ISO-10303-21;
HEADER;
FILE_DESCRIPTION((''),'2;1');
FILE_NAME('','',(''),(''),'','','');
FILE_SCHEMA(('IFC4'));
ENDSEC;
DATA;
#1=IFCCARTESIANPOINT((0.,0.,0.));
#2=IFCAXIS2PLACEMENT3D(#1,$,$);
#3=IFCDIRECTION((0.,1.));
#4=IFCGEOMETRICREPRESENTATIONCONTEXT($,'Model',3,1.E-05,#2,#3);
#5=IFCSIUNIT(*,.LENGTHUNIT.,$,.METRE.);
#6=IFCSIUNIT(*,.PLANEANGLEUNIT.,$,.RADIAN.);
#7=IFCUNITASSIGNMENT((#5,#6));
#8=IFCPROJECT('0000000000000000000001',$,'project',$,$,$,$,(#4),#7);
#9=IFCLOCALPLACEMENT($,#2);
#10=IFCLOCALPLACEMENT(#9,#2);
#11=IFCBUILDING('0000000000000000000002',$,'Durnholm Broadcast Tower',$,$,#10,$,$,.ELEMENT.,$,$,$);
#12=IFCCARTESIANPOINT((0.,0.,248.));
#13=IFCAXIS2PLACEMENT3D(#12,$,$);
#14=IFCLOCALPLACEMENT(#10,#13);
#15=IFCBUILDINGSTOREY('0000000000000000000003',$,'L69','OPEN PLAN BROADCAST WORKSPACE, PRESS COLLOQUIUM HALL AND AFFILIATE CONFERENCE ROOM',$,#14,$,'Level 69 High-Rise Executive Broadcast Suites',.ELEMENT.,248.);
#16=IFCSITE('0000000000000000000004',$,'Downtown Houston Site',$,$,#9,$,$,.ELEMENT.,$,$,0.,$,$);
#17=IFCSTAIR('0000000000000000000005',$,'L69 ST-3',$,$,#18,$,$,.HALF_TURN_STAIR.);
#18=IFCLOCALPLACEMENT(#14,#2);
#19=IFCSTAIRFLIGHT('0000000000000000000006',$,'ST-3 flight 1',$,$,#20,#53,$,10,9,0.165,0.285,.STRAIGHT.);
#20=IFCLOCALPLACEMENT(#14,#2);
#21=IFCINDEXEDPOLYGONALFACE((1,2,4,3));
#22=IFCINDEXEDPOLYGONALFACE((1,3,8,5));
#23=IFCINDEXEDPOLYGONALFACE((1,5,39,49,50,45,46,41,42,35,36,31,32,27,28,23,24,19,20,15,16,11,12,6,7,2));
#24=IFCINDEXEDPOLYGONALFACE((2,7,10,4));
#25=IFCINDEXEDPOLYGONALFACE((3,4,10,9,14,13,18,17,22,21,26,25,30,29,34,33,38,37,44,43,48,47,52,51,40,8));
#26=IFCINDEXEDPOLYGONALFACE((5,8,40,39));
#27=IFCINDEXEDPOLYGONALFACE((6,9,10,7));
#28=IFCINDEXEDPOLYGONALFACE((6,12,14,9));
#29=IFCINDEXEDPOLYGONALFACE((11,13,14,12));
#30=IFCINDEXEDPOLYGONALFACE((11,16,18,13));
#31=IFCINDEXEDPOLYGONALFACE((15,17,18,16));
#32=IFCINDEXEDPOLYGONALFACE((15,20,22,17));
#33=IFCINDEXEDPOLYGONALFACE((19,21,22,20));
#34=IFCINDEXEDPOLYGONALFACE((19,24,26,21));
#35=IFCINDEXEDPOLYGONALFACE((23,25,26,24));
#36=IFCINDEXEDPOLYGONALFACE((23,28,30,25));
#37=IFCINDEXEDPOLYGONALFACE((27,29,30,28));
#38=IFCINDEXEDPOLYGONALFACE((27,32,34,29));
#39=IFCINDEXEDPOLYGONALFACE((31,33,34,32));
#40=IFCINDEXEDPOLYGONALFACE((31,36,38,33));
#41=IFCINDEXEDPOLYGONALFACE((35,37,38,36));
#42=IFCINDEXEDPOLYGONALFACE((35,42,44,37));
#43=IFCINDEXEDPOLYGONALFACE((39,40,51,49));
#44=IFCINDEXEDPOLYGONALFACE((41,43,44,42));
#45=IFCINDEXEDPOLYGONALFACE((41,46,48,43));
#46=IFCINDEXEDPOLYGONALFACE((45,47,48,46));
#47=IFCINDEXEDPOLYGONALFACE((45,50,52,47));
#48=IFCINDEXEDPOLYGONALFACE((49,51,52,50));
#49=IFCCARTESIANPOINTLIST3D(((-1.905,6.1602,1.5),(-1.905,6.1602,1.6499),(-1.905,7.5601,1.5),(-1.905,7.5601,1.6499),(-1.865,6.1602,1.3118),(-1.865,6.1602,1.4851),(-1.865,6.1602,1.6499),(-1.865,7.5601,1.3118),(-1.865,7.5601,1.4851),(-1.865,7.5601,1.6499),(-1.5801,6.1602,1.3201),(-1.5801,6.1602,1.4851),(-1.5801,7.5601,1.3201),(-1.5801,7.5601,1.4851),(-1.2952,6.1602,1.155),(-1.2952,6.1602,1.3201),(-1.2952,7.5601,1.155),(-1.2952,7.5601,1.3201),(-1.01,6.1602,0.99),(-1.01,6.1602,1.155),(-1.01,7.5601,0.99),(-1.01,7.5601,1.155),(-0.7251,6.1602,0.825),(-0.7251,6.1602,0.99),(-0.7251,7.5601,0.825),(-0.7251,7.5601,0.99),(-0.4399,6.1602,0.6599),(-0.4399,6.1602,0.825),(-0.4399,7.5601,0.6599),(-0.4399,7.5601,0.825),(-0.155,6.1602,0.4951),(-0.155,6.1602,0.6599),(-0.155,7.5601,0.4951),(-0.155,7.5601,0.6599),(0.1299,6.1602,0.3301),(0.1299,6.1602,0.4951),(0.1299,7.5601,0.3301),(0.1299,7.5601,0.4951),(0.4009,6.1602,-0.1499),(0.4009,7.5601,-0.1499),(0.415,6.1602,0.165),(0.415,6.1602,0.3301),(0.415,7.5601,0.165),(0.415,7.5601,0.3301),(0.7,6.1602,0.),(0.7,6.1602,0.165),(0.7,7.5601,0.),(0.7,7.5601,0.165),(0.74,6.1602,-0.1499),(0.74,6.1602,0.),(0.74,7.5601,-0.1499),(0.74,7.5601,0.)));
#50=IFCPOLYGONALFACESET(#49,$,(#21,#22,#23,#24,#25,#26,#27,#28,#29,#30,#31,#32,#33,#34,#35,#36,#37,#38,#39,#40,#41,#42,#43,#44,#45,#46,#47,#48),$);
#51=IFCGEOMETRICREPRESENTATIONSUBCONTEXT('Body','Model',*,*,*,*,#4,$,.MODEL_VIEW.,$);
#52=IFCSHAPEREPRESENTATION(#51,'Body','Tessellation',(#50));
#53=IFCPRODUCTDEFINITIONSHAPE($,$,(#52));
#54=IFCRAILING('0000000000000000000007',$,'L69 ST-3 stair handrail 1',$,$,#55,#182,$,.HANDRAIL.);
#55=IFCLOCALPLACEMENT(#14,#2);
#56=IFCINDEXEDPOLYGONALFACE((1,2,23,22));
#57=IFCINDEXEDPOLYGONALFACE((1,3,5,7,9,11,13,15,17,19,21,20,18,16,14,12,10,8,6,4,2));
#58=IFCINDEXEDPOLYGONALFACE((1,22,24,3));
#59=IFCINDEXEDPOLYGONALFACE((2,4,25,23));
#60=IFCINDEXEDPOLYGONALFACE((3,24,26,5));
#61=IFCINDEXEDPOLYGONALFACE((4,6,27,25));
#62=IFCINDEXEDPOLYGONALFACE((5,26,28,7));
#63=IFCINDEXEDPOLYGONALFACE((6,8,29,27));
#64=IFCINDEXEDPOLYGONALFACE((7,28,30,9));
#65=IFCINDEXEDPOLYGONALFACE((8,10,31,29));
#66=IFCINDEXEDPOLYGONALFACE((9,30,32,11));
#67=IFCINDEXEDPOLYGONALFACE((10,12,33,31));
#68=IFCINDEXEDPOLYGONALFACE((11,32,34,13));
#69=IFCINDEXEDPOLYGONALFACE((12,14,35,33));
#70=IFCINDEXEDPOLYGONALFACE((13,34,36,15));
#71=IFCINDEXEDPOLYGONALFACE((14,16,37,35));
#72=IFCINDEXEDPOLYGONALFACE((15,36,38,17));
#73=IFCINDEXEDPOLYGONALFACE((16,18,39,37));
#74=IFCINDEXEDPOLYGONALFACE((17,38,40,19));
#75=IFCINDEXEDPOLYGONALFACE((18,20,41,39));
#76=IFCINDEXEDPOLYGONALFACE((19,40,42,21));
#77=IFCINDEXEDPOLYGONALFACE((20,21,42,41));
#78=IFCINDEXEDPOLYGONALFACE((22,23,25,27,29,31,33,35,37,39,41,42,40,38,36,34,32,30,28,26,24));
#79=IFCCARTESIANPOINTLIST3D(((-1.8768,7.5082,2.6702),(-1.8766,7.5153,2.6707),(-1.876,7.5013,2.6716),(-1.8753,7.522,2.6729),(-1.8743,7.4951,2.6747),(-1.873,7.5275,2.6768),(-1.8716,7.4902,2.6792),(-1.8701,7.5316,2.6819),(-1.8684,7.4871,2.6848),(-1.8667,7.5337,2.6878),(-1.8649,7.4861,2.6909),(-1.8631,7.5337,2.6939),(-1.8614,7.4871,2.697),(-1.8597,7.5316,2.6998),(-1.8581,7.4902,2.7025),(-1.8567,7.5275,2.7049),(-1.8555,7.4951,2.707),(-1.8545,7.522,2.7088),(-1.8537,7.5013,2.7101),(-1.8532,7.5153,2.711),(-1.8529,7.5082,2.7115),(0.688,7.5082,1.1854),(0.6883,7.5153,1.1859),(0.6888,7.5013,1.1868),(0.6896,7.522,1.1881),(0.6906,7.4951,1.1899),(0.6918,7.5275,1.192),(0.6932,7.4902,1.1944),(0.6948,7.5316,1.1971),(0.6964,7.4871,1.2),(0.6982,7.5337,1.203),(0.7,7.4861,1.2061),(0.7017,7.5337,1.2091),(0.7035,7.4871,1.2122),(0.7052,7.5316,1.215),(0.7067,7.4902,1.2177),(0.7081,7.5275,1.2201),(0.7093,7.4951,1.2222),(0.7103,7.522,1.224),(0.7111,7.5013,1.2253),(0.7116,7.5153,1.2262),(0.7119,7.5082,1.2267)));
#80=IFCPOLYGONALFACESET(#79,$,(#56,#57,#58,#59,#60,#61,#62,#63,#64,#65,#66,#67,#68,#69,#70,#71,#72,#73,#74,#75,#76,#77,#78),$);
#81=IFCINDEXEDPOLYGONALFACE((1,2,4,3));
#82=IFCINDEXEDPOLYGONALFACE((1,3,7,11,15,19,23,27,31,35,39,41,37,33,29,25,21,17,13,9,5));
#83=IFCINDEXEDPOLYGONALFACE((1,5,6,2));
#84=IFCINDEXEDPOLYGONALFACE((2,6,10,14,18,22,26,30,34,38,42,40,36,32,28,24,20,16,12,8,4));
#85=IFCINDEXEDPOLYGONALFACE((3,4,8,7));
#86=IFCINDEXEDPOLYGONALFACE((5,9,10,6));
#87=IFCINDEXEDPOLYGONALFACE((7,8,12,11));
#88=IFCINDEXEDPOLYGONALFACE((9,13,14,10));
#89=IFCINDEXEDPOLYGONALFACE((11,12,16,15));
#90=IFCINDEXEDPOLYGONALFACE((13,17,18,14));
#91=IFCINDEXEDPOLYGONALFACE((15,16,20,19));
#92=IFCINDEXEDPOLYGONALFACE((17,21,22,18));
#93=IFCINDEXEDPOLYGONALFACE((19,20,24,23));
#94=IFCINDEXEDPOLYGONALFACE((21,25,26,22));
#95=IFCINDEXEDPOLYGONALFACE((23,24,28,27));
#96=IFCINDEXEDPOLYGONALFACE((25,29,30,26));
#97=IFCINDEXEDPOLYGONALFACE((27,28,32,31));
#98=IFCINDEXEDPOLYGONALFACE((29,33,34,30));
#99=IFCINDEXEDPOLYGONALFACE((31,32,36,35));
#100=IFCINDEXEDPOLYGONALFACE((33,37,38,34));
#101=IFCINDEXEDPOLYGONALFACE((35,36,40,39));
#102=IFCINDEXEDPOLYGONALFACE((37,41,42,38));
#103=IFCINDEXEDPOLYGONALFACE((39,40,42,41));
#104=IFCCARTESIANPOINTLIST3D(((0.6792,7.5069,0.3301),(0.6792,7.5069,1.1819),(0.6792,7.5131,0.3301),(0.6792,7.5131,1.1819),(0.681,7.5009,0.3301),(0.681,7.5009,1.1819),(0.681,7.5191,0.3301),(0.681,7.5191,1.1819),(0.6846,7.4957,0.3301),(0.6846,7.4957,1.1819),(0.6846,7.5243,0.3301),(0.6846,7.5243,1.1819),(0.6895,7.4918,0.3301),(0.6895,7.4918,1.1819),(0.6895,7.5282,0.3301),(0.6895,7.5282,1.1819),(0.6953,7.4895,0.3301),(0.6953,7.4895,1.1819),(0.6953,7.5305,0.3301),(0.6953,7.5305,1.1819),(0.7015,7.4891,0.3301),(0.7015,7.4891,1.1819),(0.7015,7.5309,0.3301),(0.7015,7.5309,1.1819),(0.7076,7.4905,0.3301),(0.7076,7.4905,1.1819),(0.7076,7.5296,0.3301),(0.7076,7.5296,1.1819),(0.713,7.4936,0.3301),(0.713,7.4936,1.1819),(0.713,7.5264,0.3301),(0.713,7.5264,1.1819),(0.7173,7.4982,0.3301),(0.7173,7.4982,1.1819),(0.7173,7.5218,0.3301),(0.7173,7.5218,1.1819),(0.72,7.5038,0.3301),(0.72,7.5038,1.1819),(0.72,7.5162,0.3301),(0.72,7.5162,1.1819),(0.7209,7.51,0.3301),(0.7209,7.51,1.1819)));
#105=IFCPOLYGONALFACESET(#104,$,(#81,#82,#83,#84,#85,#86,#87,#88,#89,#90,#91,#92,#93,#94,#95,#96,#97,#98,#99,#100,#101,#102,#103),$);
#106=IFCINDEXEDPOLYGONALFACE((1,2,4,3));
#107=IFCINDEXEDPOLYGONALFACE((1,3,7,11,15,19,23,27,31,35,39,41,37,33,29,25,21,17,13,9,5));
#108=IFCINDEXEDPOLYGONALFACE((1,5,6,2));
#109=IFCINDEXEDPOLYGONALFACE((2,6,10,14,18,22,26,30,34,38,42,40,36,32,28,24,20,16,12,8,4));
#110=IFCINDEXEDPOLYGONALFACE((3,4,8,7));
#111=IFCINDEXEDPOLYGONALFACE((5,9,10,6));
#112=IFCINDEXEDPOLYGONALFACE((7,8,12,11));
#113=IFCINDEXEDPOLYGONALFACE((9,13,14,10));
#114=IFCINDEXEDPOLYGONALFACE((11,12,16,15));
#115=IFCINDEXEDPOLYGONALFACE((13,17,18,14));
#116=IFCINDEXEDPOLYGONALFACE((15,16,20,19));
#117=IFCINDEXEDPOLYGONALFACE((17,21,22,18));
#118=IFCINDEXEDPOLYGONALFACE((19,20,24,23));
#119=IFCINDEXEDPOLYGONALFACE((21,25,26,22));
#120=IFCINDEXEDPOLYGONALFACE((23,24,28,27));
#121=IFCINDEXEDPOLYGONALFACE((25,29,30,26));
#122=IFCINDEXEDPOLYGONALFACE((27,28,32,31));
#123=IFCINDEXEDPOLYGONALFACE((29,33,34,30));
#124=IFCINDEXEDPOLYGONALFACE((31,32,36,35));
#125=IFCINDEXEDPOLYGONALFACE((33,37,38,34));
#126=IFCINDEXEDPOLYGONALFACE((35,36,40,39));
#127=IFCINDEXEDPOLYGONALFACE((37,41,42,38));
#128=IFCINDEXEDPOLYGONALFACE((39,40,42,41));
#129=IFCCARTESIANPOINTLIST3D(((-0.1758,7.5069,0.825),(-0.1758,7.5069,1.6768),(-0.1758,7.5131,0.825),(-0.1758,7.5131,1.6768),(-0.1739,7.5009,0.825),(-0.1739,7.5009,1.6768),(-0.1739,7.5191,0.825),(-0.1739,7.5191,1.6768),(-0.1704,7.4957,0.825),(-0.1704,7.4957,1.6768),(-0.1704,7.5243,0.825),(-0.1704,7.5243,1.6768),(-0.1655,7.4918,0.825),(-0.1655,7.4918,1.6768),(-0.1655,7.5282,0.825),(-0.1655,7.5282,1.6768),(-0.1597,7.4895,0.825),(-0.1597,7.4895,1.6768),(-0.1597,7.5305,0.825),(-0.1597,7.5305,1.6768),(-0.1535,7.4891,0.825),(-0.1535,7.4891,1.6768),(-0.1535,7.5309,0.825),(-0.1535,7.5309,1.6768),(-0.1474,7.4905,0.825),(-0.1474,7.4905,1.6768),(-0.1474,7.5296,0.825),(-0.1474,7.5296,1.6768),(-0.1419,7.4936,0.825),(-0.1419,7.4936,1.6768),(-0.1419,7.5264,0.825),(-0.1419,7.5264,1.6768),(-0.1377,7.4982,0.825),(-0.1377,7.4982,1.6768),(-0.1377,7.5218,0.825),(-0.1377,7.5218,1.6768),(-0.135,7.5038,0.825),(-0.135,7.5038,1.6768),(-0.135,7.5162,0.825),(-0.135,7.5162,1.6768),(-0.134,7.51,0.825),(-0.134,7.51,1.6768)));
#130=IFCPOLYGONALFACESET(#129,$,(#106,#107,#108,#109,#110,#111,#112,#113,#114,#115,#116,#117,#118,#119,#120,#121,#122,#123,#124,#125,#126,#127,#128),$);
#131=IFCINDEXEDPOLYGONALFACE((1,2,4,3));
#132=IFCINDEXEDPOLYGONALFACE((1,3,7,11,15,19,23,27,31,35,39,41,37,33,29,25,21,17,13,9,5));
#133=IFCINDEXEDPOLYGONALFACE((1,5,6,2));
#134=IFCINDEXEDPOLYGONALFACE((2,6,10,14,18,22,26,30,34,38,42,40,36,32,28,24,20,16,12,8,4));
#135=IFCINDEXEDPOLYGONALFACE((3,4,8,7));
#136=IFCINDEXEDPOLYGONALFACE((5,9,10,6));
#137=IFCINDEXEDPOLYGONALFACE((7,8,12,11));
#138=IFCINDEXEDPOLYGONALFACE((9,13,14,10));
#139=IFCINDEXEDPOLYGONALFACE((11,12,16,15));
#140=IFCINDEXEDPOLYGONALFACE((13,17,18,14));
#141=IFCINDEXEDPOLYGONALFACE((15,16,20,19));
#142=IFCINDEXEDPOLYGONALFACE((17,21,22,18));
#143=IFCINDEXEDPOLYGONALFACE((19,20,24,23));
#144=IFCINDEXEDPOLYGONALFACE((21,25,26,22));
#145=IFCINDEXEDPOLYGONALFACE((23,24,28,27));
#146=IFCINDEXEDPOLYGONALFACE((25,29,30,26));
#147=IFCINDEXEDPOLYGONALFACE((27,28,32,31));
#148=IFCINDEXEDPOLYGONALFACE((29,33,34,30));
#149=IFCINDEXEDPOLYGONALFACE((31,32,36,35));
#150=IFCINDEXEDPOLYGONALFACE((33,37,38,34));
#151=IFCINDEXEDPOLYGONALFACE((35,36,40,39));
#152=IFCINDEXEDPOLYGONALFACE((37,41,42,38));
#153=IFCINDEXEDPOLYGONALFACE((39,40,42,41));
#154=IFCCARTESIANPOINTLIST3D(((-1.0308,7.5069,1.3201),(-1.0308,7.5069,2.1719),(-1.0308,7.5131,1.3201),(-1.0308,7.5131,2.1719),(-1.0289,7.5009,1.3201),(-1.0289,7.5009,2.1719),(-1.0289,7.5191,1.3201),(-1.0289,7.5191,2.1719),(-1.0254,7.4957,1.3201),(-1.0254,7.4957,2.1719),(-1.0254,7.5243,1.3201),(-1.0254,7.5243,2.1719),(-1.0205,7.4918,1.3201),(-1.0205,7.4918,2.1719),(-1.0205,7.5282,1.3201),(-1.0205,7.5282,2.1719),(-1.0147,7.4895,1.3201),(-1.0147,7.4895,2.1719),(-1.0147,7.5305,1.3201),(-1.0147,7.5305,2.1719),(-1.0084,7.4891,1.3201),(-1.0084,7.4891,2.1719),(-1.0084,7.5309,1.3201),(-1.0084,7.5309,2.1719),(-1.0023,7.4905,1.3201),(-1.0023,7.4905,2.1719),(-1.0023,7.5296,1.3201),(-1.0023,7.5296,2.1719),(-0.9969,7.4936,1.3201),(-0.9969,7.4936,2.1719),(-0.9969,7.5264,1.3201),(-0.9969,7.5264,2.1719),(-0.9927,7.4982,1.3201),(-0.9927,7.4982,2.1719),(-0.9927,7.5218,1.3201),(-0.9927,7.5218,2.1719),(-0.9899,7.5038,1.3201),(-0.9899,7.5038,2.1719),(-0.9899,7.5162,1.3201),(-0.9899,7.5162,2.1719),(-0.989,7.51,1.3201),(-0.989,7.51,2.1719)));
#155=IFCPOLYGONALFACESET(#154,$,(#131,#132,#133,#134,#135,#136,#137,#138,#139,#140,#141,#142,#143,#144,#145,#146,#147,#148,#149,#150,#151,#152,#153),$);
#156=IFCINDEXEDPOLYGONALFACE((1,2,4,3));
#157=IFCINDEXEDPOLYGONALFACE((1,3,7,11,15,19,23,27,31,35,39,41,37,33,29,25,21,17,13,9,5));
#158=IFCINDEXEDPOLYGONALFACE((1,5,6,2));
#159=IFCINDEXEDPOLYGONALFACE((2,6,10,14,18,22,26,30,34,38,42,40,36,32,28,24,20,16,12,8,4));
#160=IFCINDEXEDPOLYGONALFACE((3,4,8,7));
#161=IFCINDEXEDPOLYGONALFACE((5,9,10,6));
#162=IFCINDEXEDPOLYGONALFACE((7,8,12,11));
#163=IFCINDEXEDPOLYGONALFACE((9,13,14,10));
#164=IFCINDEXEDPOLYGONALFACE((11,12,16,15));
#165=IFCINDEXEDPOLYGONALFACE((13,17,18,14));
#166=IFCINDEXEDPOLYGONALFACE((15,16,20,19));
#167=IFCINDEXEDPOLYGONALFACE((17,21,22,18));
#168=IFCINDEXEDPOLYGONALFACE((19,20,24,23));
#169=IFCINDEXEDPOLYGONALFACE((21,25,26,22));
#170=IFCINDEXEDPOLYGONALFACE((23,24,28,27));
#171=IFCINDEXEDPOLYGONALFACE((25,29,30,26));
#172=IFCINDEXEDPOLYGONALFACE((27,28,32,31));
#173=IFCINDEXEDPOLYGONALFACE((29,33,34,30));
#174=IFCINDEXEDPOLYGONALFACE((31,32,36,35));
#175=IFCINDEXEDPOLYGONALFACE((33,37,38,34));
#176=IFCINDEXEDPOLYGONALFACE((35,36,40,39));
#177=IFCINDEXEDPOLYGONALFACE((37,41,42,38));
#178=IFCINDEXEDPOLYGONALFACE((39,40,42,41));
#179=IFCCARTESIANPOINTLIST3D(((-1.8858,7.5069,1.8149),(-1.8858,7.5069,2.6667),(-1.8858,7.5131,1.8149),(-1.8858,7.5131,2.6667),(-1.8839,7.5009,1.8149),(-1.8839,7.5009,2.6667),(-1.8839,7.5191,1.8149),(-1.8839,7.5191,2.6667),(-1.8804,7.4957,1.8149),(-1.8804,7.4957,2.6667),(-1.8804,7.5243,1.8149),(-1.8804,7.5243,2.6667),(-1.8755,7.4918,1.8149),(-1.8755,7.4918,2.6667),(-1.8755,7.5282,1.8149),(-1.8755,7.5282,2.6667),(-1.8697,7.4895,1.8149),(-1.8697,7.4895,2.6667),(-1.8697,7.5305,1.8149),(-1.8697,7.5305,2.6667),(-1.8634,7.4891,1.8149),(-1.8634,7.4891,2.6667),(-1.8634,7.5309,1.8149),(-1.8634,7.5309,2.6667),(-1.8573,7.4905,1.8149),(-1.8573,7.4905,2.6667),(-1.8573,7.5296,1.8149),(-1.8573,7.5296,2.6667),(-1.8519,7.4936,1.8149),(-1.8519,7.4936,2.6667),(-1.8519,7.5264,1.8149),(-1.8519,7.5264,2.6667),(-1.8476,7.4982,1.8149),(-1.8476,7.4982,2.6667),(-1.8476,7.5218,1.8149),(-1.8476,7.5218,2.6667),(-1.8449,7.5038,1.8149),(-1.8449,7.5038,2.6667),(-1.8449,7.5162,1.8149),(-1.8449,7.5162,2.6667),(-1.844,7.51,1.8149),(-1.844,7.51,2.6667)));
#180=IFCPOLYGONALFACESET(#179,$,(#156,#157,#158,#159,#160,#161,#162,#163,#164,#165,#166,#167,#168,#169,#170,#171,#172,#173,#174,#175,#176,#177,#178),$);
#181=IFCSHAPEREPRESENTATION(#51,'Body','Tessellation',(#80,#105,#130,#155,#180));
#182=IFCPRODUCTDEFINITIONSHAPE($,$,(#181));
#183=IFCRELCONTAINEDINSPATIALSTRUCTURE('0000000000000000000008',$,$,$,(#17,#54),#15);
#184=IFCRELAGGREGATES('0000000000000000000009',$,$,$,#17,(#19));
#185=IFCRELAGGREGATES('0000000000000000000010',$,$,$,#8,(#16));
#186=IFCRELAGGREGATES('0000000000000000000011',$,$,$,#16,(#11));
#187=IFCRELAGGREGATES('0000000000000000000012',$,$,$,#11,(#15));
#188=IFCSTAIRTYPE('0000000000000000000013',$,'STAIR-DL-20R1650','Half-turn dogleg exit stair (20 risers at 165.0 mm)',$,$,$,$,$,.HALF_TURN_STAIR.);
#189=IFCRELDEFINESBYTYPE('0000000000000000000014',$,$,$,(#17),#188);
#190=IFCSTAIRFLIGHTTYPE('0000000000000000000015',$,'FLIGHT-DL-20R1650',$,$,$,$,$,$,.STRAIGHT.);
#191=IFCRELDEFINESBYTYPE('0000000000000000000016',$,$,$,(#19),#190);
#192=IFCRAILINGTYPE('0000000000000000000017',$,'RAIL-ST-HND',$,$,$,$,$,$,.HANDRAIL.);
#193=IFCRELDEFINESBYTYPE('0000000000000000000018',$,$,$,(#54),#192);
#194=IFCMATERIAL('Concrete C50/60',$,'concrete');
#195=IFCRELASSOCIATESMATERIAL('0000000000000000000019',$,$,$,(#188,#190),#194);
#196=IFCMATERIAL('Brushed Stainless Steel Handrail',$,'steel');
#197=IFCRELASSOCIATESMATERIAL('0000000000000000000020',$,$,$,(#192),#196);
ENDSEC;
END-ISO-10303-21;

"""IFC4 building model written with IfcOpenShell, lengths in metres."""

from ifc_helpers import new_model, si_unit, direction, frame, origin, origin_2d, place, context, subcontext, project, spatial, polyline, circle, outline, extrude, material, type_object, element, aggregate, save


model = new_model("IFC4")

# Units and contexts
model_context = context("Model", 3, precision=1e-05, world=origin(), true_north=direction((0.0, 1.0)))
body_context = subcontext(model_context, "Body", "Model", "MODEL_VIEW")
ifc_project = project(units=[si_unit("LENGTHUNIT", "METRE"), si_unit("PLANEANGLEUNIT", "RADIAN")], contexts=[model_context])

# Site, building, storey
site_placement = place(None, origin())
site = spatial("IfcSite", under=ifc_project, at=site_placement, Name="Downtown Houston Site", CompositionType="ELEMENT", RefElevation=0.0)
building_placement = place(site_placement, origin())
building = spatial("IfcBuilding", under=site, at=building_placement, Name="Durnholm Broadcast Tower", CompositionType="ELEMENT")
storey_placement = place(building_placement, frame((0.0, 0.0, 248.0)))
storey = spatial("IfcBuildingStorey", under=building, at=storey_placement, Name="L69", Description="OPEN PLAN BROADCAST WORKSPACE, PRESS COLLOQUIUM HALL AND AFFILIATE CONFERENCE ROOM", LongName="Level 69 High-Rise Executive Broadcast Suites", CompositionType="ELEMENT", Elevation=248.0)

# Shared definitions
ifc_material_1 = material(Name="Concrete C50/60", Category="concrete")

# Stair, stair flight
stair_type = type_object("IfcStairType", Name="STAIR-DL-20R1650", Description="Half-turn dogleg exit stair (20 risers at 165.0 mm)", PredefinedType="HALF_TURN_STAIR", material=ifc_material_1)
stair_placement = place(storey_placement, origin())
stair = element("IfcStair", 1, at=stair_placement, inside=storey, type_object=stair_type, Name="L69 ST-3", PredefinedType="HALF_TURN_STAIR")
stair_flight_type = type_object("IfcStairFlightType", Name="FLIGHT-DL-20R1650", PredefinedType="STRAIGHT", material=ifc_material_1)
stair_flight_placement = place(storey_placement, frame((0.7, 6.8601, 0.0), z_axis=(0.0, 0.0, 1.0), x_axis=(-1.0, 0.0, 0.0)))
stair_flight = element("IfcStairFlight", 2, at=stair_flight_placement, type_object=stair_flight_type, Name="ST-3 flight 1", NumberOfRisers=10, NumberOfTreads=9, PredefinedType="STRAIGHT", RiserHeight=0.165, TreadLength=0.285, context=body_context, shape_type="SweptSolid", body=[
    extrude(outline(polyline([(-0.04, -0.1499), (-0.04, 0.0), (0.0, 0.0), (0.0, 0.165), (0.2849, 0.165), (0.2849, 0.3301), (0.5701, 0.3301), (0.5701, 0.4951), (0.855, 0.4951), (0.855, 0.6599), (1.1399, 0.6599), (1.1399, 0.825), (1.425, 0.825), (1.425, 0.99), (1.71, 0.99), (1.71, 1.155), (1.9951, 1.155), (1.9951, 1.3201), (2.28, 1.3201), (2.28, 1.4851), (2.5649, 1.4851), (2.5649, 1.6499), (2.605, 1.6499), (2.605, 1.5), (2.5649, 1.3118), (0.2991, -0.1499), (-0.04, -0.1499)])), frame((0.0, 0.7, 0.0), z_axis=(0.0, -1.0, 0.0), x_axis=(1.0, 0.0, 0.0)), (0.0, 0.0, 1.0), 1.3999),
])
aggregate(stair, [stair_flight])

# Railing
ifc_material_2 = material(Name="Brushed Stainless Steel Handrail", Category="steel")
railing_type = type_object("IfcRailingType", Name="RAIL-ST-HND", PredefinedType="HANDRAIL", material=ifc_material_2)
railing_placement = place(storey_placement, frame((0.7, 7.51, 0.3301)))
element("IfcRailing", 3, at=railing_placement, inside=storey, type_object=railing_type, Name="L69 ST-3 stair handrail 1", PredefinedType="HANDRAIL", context=body_context, shape_type="SweptSolid", body=[
    extrude(circle(Radius=0.0239, at=origin_2d()), frame((0.0, 0.0, 0.876), z_axis=(-0.865441, 0.0, 0.50101), x_axis=(0.0, -1.0, 0.0)), (0.0, 0.0, 1.0), 2.9636),
    extrude(circle(Radius=0.021, at=origin_2d()), origin(), (0.0, 0.0, 1.0), 0.8518),
    extrude(circle(Radius=0.021, at=origin_2d()), frame((-0.855, 0.0, 0.4949)), (0.0, 0.0, 1.0), 0.8518),
    extrude(circle(Radius=0.021, at=origin_2d()), frame((-1.71, 0.0, 0.99)), (0.0, 0.0, 1.0), 0.8518),
    extrude(circle(Radius=0.021, at=origin_2d()), frame((-2.5649, 0.0, 1.4849)), (0.0, 0.0, 1.0), 0.8518),
])

save(model, "model.ifc")
